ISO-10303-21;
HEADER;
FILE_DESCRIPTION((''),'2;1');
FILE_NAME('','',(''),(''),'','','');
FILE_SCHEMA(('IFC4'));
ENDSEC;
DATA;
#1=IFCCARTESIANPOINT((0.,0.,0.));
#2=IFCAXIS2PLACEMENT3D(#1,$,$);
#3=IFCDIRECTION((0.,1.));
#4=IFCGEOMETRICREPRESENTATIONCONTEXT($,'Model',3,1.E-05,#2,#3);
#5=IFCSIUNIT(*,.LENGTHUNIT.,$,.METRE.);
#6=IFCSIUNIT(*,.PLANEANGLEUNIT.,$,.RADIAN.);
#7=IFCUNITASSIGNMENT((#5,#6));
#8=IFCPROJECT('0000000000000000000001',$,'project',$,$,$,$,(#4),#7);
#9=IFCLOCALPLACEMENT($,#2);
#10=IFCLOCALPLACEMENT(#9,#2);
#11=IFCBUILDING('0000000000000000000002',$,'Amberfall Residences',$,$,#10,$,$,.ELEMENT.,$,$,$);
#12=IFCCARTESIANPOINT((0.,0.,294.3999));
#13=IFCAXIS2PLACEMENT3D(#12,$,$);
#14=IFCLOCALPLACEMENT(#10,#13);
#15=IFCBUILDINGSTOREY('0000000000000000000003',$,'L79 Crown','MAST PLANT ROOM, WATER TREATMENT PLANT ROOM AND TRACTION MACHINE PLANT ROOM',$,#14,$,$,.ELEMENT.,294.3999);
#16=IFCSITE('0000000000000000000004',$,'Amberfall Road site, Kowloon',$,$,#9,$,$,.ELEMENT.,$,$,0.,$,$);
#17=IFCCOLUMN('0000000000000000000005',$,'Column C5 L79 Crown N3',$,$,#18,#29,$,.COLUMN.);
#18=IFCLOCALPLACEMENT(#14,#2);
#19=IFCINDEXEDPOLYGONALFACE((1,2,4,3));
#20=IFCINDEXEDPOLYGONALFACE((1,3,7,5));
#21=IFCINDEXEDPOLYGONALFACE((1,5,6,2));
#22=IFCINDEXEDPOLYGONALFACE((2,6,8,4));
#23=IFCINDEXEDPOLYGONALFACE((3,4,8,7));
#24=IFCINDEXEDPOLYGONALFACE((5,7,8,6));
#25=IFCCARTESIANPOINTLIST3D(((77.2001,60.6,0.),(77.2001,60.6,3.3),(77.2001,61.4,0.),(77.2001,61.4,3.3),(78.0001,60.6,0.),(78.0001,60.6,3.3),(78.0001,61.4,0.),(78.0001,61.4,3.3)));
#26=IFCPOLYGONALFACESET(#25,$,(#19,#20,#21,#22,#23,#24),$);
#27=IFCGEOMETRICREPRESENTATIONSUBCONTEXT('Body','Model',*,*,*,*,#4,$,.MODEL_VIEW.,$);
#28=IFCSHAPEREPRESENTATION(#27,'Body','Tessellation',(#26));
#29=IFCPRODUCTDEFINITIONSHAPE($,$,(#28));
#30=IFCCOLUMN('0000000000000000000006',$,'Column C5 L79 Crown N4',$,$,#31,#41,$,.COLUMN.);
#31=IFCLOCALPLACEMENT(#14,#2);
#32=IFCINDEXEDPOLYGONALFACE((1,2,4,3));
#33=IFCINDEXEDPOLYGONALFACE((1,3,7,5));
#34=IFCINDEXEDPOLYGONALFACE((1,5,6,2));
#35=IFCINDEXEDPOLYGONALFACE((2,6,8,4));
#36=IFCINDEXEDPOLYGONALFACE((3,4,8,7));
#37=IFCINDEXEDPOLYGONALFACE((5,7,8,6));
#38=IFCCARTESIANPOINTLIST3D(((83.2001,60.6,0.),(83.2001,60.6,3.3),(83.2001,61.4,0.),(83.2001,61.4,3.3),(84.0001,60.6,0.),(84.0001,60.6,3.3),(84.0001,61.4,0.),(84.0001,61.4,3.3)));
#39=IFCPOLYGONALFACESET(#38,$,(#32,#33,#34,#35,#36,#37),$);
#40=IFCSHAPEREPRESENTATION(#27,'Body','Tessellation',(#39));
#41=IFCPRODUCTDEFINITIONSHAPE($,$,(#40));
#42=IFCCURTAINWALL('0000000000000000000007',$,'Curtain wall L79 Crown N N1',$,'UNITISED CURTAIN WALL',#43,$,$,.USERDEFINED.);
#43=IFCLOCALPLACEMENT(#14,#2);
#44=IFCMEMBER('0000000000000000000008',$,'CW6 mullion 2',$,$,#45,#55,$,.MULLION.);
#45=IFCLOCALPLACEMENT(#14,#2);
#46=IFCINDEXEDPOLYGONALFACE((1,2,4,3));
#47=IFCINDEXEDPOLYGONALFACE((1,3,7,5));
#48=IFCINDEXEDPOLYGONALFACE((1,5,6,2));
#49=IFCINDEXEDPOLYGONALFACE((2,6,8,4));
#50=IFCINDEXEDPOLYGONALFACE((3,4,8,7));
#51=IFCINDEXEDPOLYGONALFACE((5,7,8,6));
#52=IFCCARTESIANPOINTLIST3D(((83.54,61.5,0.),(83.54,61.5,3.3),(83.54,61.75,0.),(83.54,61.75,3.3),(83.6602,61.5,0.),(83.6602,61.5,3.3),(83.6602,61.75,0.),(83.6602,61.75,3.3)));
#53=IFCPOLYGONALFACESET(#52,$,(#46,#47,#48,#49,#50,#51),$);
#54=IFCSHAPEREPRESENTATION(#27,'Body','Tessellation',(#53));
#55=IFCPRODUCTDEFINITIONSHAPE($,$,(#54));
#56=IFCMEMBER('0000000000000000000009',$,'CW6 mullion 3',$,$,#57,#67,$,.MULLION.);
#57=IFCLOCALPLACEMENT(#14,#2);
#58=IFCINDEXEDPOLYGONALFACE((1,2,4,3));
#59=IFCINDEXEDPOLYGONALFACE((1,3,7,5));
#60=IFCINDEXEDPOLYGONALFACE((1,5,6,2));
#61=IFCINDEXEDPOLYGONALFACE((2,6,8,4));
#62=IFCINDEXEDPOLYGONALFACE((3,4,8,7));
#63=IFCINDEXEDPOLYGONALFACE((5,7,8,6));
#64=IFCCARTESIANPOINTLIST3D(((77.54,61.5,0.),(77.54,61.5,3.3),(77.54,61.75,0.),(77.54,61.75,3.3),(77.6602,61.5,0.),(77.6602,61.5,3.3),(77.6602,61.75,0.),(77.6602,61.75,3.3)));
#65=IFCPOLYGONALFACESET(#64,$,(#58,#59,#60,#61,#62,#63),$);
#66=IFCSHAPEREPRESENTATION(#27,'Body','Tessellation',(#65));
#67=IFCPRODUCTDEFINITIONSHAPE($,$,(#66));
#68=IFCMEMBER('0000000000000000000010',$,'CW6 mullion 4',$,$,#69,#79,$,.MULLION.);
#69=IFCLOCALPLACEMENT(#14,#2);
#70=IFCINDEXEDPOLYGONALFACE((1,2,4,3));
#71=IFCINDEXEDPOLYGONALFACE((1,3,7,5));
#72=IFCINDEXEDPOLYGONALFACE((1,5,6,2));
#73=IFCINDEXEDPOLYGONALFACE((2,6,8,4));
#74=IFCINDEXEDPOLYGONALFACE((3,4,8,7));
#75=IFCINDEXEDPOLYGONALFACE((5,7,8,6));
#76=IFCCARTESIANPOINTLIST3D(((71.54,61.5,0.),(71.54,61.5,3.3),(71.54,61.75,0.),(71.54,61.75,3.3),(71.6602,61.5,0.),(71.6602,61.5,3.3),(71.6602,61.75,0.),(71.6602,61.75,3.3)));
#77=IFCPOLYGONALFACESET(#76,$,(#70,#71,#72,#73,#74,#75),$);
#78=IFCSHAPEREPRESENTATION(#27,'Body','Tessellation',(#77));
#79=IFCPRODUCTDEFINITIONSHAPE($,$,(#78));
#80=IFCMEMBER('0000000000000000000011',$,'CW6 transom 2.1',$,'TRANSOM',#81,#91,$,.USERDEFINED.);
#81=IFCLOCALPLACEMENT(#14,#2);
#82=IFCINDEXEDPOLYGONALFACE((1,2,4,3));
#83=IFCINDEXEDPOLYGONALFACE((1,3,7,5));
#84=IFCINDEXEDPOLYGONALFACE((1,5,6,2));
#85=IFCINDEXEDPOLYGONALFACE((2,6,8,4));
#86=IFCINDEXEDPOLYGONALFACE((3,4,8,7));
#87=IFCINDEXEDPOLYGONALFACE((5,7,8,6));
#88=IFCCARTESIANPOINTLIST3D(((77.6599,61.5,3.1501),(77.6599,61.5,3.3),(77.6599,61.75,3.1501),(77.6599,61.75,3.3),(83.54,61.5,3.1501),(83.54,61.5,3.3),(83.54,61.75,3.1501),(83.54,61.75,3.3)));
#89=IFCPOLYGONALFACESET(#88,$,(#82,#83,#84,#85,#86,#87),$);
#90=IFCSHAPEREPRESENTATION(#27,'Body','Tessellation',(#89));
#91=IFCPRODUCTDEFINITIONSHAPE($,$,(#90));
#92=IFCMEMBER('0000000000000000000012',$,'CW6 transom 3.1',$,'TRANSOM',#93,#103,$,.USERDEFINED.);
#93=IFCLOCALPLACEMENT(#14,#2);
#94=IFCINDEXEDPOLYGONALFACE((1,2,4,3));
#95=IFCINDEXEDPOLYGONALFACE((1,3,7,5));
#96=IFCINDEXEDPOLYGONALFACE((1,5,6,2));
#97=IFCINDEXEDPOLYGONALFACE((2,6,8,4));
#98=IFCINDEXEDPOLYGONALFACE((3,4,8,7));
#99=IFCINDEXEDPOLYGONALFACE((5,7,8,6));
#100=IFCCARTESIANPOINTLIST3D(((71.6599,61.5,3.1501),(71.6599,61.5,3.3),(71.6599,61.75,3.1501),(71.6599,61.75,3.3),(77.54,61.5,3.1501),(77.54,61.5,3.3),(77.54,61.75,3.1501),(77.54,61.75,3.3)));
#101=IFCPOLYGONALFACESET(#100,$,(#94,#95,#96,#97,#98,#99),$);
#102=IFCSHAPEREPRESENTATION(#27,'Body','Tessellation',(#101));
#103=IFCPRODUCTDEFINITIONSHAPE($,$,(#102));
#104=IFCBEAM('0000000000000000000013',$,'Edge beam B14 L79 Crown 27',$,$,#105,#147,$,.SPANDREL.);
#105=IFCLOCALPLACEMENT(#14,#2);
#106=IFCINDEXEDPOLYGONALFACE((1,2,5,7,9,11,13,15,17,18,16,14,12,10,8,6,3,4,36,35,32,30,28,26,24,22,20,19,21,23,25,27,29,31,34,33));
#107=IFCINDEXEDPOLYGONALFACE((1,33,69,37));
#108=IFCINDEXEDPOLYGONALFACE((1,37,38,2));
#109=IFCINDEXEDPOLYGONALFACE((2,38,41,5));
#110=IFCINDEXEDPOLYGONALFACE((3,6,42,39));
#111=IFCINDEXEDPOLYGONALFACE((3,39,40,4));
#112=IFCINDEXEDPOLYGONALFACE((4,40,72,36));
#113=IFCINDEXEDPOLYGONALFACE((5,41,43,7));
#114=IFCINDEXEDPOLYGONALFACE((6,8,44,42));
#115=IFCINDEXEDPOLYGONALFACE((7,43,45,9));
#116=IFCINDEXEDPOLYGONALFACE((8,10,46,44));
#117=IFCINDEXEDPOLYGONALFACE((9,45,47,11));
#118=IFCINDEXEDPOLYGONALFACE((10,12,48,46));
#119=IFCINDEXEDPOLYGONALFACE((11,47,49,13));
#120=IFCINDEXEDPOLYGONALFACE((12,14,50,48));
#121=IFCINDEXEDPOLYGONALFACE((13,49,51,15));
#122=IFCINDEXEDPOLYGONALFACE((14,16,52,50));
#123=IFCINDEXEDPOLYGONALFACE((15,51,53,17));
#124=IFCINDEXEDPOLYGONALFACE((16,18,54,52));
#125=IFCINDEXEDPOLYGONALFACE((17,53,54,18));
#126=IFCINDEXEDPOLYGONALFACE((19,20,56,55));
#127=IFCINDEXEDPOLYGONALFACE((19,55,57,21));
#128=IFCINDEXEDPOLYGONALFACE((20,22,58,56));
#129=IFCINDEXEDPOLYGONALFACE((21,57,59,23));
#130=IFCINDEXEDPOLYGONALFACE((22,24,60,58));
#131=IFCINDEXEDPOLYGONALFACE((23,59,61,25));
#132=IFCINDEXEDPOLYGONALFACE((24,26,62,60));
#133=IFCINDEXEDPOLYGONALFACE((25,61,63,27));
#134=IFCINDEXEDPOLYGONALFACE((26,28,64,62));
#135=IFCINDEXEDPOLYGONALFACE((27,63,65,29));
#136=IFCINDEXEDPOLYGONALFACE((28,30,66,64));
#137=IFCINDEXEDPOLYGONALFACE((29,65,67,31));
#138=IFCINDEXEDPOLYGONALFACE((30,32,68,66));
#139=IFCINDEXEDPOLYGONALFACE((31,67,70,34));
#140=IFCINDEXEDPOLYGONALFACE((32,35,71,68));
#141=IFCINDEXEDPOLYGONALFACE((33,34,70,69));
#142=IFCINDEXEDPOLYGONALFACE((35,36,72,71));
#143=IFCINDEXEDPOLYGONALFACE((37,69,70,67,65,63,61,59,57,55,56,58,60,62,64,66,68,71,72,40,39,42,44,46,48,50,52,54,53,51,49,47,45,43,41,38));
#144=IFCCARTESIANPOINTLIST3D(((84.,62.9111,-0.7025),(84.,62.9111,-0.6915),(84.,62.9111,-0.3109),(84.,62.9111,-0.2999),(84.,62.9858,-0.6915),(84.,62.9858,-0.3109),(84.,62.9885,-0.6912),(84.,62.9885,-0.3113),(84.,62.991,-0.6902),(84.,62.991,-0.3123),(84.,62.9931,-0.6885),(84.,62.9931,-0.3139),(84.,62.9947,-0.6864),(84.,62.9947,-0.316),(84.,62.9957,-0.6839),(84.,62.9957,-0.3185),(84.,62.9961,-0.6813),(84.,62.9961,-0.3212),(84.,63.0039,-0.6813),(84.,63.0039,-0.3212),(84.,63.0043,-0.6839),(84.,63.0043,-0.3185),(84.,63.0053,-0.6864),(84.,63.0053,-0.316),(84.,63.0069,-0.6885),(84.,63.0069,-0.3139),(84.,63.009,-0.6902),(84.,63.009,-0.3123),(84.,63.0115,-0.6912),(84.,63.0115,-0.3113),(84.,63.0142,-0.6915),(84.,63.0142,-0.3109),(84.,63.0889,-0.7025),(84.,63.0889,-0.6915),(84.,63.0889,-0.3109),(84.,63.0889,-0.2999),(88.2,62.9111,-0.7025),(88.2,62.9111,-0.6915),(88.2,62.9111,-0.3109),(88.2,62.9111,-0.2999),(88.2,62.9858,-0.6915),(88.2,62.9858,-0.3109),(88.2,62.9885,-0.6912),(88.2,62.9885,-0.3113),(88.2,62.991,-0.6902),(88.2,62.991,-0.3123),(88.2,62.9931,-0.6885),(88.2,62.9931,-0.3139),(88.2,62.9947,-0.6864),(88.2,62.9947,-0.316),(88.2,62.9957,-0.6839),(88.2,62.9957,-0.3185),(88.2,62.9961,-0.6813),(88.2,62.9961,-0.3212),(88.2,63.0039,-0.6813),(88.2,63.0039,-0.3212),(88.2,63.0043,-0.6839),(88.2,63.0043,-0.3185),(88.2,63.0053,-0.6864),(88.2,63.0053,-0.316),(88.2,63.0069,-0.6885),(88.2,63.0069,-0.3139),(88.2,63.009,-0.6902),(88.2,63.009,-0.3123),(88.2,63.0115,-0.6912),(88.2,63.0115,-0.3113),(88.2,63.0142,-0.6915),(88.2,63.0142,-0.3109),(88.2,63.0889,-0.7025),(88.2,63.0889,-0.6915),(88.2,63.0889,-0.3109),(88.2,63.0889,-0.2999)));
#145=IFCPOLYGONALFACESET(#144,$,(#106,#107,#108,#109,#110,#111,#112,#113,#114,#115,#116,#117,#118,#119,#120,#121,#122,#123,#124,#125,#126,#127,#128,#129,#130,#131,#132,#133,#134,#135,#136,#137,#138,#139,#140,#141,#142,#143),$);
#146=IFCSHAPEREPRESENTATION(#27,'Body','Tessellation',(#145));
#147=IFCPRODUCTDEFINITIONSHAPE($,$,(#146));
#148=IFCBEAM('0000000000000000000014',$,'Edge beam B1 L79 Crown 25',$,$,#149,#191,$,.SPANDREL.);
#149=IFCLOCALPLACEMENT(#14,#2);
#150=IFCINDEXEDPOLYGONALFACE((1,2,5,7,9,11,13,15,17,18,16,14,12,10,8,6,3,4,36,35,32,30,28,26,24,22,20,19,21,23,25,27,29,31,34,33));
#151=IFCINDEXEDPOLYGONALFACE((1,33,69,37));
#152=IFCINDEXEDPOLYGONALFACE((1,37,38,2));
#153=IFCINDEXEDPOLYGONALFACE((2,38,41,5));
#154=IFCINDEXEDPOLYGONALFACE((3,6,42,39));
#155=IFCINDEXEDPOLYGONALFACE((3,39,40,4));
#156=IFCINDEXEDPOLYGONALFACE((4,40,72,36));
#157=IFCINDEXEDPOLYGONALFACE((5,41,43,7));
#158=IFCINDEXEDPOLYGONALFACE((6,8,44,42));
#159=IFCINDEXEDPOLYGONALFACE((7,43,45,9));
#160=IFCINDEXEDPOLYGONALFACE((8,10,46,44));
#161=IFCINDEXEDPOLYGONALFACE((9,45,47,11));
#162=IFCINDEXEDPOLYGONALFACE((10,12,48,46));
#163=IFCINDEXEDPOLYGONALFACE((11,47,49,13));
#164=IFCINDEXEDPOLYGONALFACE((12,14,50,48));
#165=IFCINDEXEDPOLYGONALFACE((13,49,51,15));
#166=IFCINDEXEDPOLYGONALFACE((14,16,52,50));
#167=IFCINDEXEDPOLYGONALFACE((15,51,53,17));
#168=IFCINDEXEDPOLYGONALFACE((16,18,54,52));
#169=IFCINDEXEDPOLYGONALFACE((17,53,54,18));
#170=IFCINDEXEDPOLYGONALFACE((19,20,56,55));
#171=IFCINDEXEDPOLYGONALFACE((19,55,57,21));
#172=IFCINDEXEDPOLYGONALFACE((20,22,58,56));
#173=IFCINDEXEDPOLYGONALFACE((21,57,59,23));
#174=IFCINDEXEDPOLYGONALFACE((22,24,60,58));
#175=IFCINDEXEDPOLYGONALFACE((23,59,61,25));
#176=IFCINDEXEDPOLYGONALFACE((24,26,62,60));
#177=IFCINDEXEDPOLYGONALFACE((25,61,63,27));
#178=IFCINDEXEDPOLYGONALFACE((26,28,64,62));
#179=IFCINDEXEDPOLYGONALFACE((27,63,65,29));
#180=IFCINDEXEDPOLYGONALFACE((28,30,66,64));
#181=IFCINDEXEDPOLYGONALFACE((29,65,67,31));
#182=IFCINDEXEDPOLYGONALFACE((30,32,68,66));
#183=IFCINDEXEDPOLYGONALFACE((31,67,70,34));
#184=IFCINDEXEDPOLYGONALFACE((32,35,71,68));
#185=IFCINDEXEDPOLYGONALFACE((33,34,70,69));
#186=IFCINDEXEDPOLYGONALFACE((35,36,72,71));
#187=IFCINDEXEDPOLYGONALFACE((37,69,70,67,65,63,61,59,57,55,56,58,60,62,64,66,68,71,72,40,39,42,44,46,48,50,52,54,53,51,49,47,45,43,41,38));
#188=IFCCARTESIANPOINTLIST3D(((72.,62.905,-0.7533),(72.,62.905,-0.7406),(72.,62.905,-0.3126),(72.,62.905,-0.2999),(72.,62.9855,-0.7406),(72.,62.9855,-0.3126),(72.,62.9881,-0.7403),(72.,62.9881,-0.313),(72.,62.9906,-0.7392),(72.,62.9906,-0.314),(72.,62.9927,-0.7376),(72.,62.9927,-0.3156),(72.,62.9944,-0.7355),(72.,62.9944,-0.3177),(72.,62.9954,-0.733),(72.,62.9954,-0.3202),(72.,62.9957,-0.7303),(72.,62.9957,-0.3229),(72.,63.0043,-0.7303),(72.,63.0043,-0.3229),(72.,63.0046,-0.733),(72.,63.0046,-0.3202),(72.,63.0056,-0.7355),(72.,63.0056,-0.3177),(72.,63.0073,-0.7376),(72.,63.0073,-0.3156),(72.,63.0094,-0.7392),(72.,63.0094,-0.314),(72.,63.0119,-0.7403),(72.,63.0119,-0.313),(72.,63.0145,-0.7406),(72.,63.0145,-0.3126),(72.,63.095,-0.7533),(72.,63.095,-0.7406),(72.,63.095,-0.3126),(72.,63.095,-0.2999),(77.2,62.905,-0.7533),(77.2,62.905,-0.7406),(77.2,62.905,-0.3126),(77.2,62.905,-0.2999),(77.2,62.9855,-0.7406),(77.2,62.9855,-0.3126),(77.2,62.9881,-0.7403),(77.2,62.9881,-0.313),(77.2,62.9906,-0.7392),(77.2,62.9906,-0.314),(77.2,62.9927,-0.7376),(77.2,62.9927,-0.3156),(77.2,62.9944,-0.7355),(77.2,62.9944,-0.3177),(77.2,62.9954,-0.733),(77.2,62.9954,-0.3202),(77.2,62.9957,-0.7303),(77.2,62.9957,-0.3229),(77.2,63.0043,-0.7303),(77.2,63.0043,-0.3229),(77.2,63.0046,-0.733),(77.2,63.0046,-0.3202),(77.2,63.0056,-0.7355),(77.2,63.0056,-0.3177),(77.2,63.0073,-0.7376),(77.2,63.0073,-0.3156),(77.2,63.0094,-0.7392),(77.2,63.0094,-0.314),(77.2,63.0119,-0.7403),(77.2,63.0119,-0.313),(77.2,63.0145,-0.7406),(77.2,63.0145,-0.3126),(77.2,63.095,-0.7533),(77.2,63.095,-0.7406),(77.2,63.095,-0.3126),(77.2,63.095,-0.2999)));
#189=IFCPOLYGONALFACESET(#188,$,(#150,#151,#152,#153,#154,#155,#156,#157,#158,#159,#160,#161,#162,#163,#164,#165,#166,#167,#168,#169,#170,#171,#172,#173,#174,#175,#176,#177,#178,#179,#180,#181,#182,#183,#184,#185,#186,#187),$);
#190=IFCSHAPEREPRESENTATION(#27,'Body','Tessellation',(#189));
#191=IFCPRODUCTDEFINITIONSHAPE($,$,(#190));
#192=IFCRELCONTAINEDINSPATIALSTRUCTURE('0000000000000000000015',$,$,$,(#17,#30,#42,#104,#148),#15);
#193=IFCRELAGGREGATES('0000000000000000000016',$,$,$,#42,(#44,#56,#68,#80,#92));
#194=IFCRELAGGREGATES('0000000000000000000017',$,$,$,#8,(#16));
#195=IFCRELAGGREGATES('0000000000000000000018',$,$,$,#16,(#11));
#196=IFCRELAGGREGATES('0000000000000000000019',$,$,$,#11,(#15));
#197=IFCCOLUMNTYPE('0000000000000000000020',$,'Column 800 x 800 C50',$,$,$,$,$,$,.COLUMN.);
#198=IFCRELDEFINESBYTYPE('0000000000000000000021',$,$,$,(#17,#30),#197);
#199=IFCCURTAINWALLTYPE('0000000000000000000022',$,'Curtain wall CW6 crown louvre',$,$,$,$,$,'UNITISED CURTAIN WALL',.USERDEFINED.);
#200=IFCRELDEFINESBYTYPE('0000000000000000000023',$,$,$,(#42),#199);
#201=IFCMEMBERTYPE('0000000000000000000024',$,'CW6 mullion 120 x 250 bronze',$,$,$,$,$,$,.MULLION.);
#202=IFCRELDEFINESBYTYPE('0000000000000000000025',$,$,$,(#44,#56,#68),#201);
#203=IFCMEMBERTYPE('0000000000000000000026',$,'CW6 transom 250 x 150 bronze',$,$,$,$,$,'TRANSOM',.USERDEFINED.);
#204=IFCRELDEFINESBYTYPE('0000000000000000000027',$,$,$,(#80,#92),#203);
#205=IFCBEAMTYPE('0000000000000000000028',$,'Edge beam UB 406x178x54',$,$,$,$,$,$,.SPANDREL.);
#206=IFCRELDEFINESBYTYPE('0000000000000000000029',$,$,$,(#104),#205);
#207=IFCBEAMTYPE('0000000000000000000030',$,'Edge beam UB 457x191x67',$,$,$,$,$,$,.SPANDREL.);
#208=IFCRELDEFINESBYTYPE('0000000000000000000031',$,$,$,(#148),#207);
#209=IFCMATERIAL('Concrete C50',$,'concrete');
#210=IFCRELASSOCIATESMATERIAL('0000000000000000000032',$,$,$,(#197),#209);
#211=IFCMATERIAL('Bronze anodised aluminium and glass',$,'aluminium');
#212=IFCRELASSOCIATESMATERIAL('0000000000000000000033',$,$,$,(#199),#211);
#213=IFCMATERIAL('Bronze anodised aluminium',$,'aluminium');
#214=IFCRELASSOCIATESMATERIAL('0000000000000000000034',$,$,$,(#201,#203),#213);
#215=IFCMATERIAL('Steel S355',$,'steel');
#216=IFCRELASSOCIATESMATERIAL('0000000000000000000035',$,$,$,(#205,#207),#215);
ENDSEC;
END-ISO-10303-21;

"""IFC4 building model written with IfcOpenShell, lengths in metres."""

from ifc_helpers import new_model, si_unit, direction, frame, origin, origin_2d, place, context, subcontext, project, spatial, rectangle, i_section, extrude, material, material_profile, profile_set, type_object, element, aggregate, save


model = new_model("IFC4")

# Units and contexts
model_context = context("Model", 3, precision=1e-05, world=origin(), true_north=direction((0.0, 1.0)))
body_context = subcontext(model_context, "Body", "Model", "MODEL_VIEW")
ifc_project = project(units=[si_unit("LENGTHUNIT", "METRE"), si_unit("PLANEANGLEUNIT", "RADIAN")], contexts=[model_context])

# Site, building, storey
site_placement = place(None, origin())
site = spatial("IfcSite", under=ifc_project, at=site_placement, Name="Amberfall Road site, Kowloon", CompositionType="ELEMENT", RefElevation=0.0)
building_placement = place(site_placement, origin())
building = spatial("IfcBuilding", under=site, at=building_placement, Name="Amberfall Residences", CompositionType="ELEMENT")
storey_placement = place(building_placement, frame((0.0, 0.0, 294.3999)))
storey = spatial("IfcBuildingStorey", under=building, at=storey_placement, Name="L79 Crown", Description="MAST PLANT ROOM, WATER TREATMENT PLANT ROOM AND TRACTION MACHINE PLANT ROOM", CompositionType="ELEMENT", Elevation=294.3999)

# Columns
ifc_material_1 = material(Name="Concrete C50", Category="concrete")
ifc_material_profile_1 = material_profile(ifc_material_1, rectangle(XDim=0.8, YDim=0.8, at=origin_2d()), Name="Column 800 x 800 C50")
ifc_profile_set_1 = profile_set([ifc_material_profile_1], Name="Concrete C50")
column_type = type_object("IfcColumnType", Name="Column 800 x 800 C50", PredefinedType="COLUMN", material=ifc_profile_set_1)
for number, where, z_axis, x_axis, name in (
    (1, (77.6001, 61.0, 0.0), (0.0, 0.0, 1.0), (1.0, 0.0, 0.0), "Column C5 L79 Crown N3"),
    (2, (83.6001, 61.0, 0.0), (0.0, 0.0, 1.0), (1.0, 0.0, 0.0), "Column C5 L79 Crown N4"),
):
    element("IfcColumn", number, at=place(storey_placement, frame(where, z_axis=z_axis, x_axis=x_axis)), inside=storey, type_object=column_type, Name=name, PredefinedType="COLUMN", context=body_context, shape_type="SweptSolid", body=[
        extrude(rectangle(XDim=0.8, YDim=0.8, at=origin_2d()), origin(), (0.0, 0.0, 1.0), 3.3),
    ])

# Curtain wall, members
ifc_material_2 = material(Name="Bronze anodised aluminium and glass", Category="aluminium")
curtain_wall_type = type_object("IfcCurtainWallType", Name="Curtain wall CW6 crown louvre", ElementType="UNITISED CURTAIN WALL", PredefinedType="USERDEFINED", material=ifc_material_2)
curtain_wall_placement = place(storey_placement, origin())
curtain_wall = element("IfcCurtainWall", 3, at=curtain_wall_placement, inside=storey, type_object=curtain_wall_type, Name="Curtain wall L79 Crown N N1", ObjectType="UNITISED CURTAIN WALL", PredefinedType="USERDEFINED")
ifc_material_3 = material(Name="Bronze anodised aluminium", Category="aluminium")
ifc_material_profile_2 = material_profile(ifc_material_3, rectangle(XDim=0.25, YDim=0.1201, at=origin_2d()), Name="CW6 mullion 120 x 250 bronze")
ifc_profile_set_2 = profile_set([ifc_material_profile_2], Name="Bronze anodised aluminium")
member_type_1 = type_object("IfcMemberType", Name="CW6 mullion 120 x 250 bronze", PredefinedType="MULLION", material=ifc_profile_set_2)
member_1_placement = place(storey_placement, frame((83.6001, 61.625, 0.0), z_axis=(0.0, 0.0, 1.0), x_axis=(0.0, -1.0, 0.0)))
member_1 = element("IfcMember", 4, at=member_1_placement, type_object=member_type_1, Name="CW6 mullion 2", PredefinedType="MULLION", context=body_context, shape_type="SweptSolid", body=[
    extrude(rectangle(XDim=0.25, YDim=0.1201, at=origin_2d()), origin(), (0.0, 0.0, 1.0), 3.3),
])
member_2_placement = place(storey_placement, frame((77.6001, 61.625, 0.0), z_axis=(0.0, 0.0, 1.0), x_axis=(0.0, -1.0, 0.0)))
member_2 = element("IfcMember", 5, at=member_2_placement, type_object=member_type_1, Name="CW6 mullion 3", PredefinedType="MULLION", context=body_context, shape_type="SweptSolid", body=[
    extrude(rectangle(XDim=0.25, YDim=0.1201, at=origin_2d()), origin(), (0.0, 0.0, 1.0), 3.3),
])
member_3_placement = place(storey_placement, frame((71.6001, 61.625, 0.0), z_axis=(0.0, 0.0, 1.0), x_axis=(0.0, -1.0, 0.0)))
member_3 = element("IfcMember", 6, at=member_3_placement, type_object=member_type_1, Name="CW6 mullion 4", PredefinedType="MULLION", context=body_context, shape_type="SweptSolid", body=[
    extrude(rectangle(XDim=0.25, YDim=0.1201, at=origin_2d()), origin(), (0.0, 0.0, 1.0), 3.3),
])
ifc_material_profile_3 = material_profile(ifc_material_3, rectangle(XDim=0.25, YDim=0.1499, at=origin_2d()), Name="CW6 transom 250 x 150 bronze")
ifc_profile_set_3 = profile_set([ifc_material_profile_3], Name="Bronze anodised aluminium")
member_type_2 = type_object("IfcMemberType", Name="CW6 transom 250 x 150 bronze", ElementType="TRANSOM", PredefinedType="USERDEFINED", material=ifc_profile_set_3)
member_4_placement = place(storey_placement, frame((83.54, 61.625, 3.2251), z_axis=(-1.0, 0.0, 0.0), x_axis=(0.0, -1.0, 0.0)))
member_4 = element("IfcMember", 7, at=member_4_placement, type_object=member_type_2, Name="CW6 transom 2.1", ObjectType="TRANSOM", PredefinedType="USERDEFINED", context=body_context, shape_type="SweptSolid", body=[
    extrude(rectangle(XDim=0.25, YDim=0.1499, at=origin_2d()), origin(), (0.0, 0.0, 1.0), 5.8801),
])
member_5_placement = place(storey_placement, frame((77.54, 61.625, 3.2251), z_axis=(-1.0, 0.0, 0.0), x_axis=(0.0, -1.0, 0.0)))
member_5 = element("IfcMember", 8, at=member_5_placement, type_object=member_type_2, Name="CW6 transom 3.1", ObjectType="TRANSOM", PredefinedType="USERDEFINED", context=body_context, shape_type="SweptSolid", body=[
    extrude(rectangle(XDim=0.25, YDim=0.1499, at=origin_2d()), origin(), (0.0, 0.0, 1.0), 5.8801),
])

# Beams
ifc_material_4 = material(Name="Steel S355", Category="steel")
ifc_material_profile_4 = material_profile(ifc_material_4, i_section(OverallWidth=0.1777, OverallDepth=0.4026, WebThickness=0.0078, FlangeThickness=0.011, FilletRadius=0.0103, at=origin_2d()), Name="UB 406x178x54")
ifc_profile_set_4 = profile_set([ifc_material_profile_4], Name="Steel S355")
beam_type_1 = type_object("IfcBeamType", Name="Edge beam UB 406x178x54", PredefinedType="SPANDREL", material=ifc_profile_set_4)
beam_placement = place(storey_placement, frame((84.0, 63.0, -0.5012), z_axis=(1.0, 0.0, 0.0), x_axis=(0.0, 1.0, 0.0)))
element("IfcBeam", 9, at=beam_placement, inside=storey, type_object=beam_type_1, Name="Edge beam B14 L79 Crown 27", PredefinedType="SPANDREL", context=body_context, shape_type="SweptSolid", body=[
    extrude(i_section(OverallWidth=0.1777, OverallDepth=0.4026, WebThickness=0.0078, FlangeThickness=0.011, FilletRadius=0.0103, at=origin_2d()), origin(), (0.0, 0.0, 1.0), 4.2),
])
ifc_material_profile_5 = material_profile(ifc_material_4, i_section(OverallWidth=0.1899, OverallDepth=0.4534, WebThickness=0.0085, FlangeThickness=0.0127, FilletRadius=0.0103, at=origin_2d()), Name="UB 457x191x67")
ifc_profile_set_5 = profile_set([ifc_material_profile_5], Name="Steel S355")
beam_type_2 = type_object("IfcBeamType", Name="Edge beam UB 457x191x67", PredefinedType="SPANDREL", material=ifc_profile_set_5)
for number, where, z_axis, x_axis, name in (
    (10, (72.0, 63.0, -0.5266), (1.0, 0.0, 0.0), (0.0, 1.0, 0.0), "Edge beam B1 L79 Crown 25"),
):
    element("IfcBeam", number, at=place(storey_placement, frame(where, z_axis=z_axis, x_axis=x_axis)), inside=storey, type_object=beam_type_2, Name=name, PredefinedType="SPANDREL", context=body_context, shape_type="SweptSolid", body=[
        extrude(i_section(OverallWidth=0.1899, OverallDepth=0.4534, WebThickness=0.0085, FlangeThickness=0.0127, FilletRadius=0.0103, at=origin_2d()), origin(), (0.0, 0.0, 1.0), 5.2),
    ])

aggregate(curtain_wall, [member_1, member_2, member_3, member_4, member_5])

save(model, "model.ifc")
